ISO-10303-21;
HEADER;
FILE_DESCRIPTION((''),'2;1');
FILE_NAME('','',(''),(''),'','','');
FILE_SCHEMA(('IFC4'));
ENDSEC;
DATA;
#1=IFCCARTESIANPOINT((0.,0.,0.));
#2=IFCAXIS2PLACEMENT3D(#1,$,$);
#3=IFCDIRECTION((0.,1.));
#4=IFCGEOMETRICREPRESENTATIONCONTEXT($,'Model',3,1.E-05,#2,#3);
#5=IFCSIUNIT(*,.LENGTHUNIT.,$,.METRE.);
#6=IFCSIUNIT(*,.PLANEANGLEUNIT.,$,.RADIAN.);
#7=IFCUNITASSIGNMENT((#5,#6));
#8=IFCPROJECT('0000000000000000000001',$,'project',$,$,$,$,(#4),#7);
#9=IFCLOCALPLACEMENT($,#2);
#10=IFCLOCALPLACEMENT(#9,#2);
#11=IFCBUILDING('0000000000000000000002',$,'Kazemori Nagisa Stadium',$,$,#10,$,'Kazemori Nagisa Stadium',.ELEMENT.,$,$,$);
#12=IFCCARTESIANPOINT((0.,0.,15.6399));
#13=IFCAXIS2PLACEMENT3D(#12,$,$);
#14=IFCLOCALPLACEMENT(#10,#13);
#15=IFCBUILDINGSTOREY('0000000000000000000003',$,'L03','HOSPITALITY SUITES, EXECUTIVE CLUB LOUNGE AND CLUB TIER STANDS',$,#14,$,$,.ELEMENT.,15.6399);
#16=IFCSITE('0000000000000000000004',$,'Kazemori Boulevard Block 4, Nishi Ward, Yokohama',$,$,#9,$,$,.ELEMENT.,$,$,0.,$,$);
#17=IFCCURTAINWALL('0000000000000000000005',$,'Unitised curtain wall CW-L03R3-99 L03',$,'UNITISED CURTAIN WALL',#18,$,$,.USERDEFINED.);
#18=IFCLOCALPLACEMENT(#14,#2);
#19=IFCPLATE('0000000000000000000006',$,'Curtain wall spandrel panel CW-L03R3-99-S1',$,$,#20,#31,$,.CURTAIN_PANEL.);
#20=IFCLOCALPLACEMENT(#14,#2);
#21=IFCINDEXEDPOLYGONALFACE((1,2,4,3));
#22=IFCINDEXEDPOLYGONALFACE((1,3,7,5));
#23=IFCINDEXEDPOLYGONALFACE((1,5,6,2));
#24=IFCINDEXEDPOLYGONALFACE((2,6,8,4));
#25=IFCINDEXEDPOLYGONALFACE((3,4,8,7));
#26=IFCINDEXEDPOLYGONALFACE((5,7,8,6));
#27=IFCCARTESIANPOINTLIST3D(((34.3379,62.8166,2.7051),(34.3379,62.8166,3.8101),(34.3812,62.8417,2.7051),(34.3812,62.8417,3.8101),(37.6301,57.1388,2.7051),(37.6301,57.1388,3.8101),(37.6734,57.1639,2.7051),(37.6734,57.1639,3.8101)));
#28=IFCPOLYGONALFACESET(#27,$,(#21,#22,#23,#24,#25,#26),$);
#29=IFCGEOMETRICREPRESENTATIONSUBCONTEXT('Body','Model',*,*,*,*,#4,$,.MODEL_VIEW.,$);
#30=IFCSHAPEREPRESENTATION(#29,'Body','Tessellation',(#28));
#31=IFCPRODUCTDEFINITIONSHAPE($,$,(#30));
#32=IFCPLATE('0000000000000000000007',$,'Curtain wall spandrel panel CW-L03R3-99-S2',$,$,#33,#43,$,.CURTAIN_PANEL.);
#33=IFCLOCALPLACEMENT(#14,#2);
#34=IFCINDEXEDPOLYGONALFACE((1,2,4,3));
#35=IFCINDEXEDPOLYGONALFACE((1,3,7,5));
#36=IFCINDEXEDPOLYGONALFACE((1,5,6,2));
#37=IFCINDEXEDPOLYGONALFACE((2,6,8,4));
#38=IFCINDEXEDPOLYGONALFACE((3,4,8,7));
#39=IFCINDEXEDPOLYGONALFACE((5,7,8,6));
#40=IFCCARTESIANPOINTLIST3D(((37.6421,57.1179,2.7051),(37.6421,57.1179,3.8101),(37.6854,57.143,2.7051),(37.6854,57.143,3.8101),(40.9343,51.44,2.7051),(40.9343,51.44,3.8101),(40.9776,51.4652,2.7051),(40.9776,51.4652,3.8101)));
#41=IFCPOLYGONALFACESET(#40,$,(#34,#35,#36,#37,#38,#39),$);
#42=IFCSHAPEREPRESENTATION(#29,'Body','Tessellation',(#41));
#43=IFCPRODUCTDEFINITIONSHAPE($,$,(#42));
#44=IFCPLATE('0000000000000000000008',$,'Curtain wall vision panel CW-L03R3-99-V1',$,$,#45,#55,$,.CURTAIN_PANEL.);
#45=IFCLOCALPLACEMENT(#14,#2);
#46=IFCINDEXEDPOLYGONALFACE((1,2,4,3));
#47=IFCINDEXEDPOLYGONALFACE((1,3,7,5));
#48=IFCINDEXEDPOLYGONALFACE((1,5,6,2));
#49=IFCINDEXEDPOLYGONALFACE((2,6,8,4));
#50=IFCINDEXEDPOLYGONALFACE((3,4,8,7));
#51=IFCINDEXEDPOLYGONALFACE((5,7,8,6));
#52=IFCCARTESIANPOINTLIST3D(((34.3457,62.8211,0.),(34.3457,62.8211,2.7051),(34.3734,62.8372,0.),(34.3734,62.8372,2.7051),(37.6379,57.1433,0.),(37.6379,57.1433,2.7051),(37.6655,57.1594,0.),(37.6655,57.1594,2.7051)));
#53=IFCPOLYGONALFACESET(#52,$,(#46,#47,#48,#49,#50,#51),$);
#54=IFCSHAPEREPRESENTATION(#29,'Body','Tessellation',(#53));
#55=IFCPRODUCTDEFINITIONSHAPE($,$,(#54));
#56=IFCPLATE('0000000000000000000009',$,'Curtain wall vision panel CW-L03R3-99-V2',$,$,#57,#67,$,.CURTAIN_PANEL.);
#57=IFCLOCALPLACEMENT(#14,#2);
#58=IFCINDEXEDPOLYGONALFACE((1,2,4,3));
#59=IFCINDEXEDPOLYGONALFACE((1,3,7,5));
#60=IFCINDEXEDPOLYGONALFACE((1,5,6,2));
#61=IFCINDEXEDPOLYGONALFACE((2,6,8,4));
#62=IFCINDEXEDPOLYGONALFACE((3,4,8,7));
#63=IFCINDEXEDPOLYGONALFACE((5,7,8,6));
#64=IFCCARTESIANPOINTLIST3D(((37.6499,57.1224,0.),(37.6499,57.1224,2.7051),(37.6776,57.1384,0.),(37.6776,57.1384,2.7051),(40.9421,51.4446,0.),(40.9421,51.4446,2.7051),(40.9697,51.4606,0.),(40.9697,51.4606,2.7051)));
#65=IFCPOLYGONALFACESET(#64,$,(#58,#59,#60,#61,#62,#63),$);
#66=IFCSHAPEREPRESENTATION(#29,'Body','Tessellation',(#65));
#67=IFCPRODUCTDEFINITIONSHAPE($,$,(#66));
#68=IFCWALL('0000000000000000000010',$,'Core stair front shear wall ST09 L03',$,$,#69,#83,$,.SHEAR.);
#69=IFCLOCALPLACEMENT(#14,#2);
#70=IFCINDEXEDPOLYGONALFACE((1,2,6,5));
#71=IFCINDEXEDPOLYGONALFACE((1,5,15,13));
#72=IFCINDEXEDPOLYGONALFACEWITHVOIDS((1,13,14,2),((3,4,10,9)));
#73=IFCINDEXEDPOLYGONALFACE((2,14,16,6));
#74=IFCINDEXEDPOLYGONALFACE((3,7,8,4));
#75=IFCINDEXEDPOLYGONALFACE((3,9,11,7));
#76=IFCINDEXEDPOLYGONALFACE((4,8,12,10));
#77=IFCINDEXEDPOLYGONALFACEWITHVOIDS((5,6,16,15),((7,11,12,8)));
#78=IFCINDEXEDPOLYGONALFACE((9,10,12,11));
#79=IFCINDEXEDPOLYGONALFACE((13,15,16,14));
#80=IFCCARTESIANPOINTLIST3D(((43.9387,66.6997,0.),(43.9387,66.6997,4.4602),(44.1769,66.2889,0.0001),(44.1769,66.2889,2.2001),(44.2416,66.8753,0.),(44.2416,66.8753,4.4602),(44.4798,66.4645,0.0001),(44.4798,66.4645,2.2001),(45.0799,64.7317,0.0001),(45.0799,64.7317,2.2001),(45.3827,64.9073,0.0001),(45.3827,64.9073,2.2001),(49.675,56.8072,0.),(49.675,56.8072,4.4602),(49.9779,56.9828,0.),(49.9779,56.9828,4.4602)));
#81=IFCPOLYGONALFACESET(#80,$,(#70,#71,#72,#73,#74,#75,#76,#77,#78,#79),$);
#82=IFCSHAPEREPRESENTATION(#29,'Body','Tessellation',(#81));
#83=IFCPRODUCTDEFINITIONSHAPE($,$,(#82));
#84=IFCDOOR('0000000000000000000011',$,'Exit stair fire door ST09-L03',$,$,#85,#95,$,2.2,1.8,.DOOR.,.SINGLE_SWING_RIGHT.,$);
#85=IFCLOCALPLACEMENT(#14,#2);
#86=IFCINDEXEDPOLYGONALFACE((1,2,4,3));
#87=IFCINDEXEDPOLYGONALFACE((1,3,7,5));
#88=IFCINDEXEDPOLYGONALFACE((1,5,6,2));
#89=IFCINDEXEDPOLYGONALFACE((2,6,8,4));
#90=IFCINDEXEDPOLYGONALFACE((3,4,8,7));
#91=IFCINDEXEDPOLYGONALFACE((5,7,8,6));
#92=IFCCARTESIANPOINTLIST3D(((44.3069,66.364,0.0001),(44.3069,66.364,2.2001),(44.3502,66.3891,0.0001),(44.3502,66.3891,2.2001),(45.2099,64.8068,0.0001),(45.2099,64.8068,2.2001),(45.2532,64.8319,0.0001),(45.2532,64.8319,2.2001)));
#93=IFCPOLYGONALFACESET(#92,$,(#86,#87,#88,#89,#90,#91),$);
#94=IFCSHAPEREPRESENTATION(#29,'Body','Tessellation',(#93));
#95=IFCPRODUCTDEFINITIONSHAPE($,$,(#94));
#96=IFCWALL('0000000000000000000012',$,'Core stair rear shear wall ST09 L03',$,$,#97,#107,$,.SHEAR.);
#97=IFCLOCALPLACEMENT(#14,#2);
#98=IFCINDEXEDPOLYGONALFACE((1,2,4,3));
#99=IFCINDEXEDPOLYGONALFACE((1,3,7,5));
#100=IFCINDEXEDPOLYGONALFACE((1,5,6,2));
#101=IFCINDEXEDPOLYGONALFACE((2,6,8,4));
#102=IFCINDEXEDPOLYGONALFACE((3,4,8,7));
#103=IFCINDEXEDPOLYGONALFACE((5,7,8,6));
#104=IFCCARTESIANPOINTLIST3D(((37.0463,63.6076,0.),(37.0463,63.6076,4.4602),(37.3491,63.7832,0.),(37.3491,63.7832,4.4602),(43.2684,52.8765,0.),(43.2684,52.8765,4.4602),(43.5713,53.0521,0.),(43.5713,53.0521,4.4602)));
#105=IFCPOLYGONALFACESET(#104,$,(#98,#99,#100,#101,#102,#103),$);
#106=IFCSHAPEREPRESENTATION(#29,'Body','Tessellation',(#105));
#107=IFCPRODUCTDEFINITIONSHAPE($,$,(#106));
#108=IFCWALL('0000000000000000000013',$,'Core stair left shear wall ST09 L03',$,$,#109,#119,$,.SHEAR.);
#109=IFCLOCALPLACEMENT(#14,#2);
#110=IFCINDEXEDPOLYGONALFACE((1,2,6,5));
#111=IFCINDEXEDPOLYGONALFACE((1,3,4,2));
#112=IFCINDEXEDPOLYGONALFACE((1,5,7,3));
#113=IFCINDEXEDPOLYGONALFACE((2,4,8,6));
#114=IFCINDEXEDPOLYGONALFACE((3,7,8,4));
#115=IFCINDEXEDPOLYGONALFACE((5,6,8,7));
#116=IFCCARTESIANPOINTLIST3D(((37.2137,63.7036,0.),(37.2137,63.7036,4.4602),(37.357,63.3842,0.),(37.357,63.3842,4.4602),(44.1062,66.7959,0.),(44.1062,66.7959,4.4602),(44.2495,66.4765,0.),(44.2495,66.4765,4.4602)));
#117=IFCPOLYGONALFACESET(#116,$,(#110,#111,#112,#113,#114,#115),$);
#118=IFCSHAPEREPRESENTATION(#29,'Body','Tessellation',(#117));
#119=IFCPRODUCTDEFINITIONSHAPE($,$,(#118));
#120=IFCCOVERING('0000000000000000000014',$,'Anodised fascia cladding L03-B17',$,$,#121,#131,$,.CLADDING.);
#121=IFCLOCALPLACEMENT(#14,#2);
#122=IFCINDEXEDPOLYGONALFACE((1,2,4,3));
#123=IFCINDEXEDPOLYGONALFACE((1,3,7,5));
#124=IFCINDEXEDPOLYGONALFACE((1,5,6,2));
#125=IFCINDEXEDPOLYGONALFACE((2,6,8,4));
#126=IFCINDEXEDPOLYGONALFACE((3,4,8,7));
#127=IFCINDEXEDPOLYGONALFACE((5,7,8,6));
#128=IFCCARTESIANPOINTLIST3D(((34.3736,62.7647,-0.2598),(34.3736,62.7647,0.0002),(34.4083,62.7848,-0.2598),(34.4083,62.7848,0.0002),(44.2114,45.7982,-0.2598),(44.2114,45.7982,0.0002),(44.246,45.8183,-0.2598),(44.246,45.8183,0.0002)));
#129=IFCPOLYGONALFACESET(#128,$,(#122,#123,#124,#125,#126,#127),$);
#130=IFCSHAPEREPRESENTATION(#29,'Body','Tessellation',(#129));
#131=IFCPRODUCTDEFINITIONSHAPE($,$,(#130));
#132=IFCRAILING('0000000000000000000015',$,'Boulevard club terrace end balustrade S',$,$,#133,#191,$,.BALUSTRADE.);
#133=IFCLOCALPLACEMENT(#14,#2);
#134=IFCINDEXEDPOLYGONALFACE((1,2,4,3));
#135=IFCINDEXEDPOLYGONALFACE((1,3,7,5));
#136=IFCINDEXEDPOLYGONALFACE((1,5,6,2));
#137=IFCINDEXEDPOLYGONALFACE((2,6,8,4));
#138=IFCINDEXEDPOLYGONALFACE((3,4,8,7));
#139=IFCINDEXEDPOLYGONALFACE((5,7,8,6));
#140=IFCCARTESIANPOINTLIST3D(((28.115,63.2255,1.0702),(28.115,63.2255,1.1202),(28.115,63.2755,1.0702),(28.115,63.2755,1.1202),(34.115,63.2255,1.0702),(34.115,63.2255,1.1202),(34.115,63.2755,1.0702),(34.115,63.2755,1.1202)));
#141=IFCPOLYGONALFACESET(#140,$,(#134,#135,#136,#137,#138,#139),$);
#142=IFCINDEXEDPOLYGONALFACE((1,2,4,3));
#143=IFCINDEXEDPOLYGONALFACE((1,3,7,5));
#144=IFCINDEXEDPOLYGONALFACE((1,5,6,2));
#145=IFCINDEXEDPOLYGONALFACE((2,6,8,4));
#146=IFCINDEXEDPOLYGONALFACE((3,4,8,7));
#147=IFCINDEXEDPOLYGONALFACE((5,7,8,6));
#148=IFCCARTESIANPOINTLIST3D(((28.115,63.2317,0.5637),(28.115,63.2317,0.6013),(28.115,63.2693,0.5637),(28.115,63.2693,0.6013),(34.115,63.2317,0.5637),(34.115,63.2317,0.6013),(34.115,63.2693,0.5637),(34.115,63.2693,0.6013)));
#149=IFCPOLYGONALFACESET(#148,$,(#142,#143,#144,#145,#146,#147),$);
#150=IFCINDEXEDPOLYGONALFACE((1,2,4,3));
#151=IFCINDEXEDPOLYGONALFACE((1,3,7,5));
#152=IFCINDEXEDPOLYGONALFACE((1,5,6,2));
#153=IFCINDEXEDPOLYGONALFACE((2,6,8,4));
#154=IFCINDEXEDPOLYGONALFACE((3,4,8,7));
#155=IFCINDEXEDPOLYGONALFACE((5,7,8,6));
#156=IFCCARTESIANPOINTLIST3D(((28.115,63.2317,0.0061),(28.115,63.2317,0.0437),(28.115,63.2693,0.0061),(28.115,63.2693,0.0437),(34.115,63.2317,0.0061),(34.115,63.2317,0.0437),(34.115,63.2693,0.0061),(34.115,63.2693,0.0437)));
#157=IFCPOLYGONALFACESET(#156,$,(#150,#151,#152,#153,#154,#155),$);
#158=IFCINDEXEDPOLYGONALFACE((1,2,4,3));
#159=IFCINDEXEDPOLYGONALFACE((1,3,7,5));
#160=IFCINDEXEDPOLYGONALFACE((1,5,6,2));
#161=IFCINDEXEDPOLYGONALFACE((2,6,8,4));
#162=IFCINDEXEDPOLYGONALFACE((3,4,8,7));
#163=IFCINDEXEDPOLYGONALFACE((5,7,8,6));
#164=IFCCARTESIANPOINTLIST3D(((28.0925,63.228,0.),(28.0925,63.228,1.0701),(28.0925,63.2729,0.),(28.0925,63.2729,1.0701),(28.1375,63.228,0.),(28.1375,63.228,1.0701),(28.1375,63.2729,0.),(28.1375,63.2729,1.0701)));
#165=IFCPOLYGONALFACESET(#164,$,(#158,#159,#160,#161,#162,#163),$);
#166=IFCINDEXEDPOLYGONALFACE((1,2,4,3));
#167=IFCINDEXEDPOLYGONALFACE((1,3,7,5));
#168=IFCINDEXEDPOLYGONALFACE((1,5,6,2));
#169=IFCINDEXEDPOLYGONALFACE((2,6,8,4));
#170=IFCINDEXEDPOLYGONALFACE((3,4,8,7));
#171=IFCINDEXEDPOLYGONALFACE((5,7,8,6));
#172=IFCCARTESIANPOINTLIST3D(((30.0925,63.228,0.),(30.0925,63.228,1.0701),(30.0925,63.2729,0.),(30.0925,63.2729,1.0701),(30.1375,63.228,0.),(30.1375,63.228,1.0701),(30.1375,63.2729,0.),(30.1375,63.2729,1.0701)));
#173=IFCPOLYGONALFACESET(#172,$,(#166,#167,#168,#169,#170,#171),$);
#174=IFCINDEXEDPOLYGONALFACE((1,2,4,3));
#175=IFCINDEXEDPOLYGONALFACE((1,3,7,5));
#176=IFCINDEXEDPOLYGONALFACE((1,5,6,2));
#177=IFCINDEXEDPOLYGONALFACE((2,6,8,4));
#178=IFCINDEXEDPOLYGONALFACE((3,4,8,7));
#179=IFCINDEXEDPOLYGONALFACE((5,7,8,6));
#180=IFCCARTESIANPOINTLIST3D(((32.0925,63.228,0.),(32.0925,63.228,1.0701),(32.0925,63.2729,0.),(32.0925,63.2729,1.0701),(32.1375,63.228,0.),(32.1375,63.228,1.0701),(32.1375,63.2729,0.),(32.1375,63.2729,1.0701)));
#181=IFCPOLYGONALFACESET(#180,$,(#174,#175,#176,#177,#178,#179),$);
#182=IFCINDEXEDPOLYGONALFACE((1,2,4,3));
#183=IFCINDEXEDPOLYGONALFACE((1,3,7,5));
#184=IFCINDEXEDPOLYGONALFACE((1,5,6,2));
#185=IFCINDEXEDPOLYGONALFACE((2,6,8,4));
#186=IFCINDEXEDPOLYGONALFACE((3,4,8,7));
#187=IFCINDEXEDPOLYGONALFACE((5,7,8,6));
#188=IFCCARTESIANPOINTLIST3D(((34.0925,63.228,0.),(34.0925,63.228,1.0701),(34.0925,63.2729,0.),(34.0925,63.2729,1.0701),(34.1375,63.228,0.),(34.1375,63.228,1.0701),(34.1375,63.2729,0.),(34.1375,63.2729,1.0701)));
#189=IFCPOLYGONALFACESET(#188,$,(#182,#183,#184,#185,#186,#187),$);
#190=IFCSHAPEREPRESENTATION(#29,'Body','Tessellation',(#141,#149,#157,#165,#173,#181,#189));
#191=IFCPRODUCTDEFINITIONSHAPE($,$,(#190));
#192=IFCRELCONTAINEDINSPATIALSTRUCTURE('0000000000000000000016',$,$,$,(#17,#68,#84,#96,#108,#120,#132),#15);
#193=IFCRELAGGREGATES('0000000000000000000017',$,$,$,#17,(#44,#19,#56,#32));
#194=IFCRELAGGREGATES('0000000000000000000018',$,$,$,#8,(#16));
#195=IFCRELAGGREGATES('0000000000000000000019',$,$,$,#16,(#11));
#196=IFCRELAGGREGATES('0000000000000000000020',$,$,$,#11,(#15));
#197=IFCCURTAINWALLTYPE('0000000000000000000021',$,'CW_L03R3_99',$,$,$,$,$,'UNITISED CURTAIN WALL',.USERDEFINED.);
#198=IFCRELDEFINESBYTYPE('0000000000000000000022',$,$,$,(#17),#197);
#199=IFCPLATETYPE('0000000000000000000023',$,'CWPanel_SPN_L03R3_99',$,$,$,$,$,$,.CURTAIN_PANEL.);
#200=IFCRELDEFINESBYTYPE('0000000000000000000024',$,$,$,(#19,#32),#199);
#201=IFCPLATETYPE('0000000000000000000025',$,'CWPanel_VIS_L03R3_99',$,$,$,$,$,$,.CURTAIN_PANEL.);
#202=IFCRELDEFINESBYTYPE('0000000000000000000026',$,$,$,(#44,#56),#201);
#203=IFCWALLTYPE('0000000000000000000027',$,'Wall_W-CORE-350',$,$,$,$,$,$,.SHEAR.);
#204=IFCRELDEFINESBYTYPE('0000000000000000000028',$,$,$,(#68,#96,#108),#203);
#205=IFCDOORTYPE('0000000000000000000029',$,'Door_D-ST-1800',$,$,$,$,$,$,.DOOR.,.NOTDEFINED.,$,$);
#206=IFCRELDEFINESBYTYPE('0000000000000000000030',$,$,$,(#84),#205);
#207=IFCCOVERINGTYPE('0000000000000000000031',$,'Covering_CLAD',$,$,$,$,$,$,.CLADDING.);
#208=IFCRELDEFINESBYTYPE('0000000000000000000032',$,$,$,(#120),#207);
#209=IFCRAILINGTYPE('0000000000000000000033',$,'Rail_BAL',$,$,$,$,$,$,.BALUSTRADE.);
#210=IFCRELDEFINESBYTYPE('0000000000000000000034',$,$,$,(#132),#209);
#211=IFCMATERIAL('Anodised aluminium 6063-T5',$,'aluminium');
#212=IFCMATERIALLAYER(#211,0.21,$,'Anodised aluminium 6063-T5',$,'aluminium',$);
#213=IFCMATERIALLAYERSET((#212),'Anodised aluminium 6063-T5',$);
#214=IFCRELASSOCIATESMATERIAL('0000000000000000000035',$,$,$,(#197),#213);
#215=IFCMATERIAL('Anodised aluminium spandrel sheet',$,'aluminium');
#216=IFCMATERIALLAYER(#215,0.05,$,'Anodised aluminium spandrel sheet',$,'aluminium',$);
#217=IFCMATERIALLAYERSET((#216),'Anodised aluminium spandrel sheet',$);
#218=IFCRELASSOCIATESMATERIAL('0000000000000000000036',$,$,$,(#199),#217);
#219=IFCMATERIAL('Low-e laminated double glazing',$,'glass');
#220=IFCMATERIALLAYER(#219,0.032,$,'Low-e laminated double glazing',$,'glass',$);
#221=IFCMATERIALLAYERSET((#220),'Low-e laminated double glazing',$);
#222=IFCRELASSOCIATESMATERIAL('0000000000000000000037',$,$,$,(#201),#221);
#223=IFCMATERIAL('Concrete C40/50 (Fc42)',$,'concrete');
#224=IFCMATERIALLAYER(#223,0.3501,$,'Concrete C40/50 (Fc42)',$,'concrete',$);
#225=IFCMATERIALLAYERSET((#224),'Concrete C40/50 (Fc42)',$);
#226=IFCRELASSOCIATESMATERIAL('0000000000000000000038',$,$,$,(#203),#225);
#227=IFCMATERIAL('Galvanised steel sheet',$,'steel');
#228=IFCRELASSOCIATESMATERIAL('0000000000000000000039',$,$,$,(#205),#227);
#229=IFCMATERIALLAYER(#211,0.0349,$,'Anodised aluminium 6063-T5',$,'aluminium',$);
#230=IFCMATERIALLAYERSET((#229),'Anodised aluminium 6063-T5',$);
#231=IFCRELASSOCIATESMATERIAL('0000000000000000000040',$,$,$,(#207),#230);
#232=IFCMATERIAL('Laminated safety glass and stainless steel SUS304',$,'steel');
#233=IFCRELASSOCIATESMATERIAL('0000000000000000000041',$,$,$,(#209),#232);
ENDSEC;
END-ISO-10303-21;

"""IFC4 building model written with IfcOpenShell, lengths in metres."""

from ifc_helpers import new_model, si_unit, direction, frame, frame_2d, origin, origin_2d, place, context, subcontext, project, spatial, rectangle, extrude, material, layer, layer_set, type_object, element, fill, aggregate, save


model = new_model("IFC4")

# Units and contexts
model_context = context("Model", 3, precision=1e-05, world=origin(), true_north=direction((0.0, 1.0)))
body_context = subcontext(model_context, "Body", "Model", "MODEL_VIEW")
ifc_project = project(units=[si_unit("LENGTHUNIT", "METRE"), si_unit("PLANEANGLEUNIT", "RADIAN")], contexts=[model_context])

# Site, building, storey
site_placement = place(None, origin())
site = spatial("IfcSite", under=ifc_project, at=site_placement, Name="Kazemori Boulevard Block 4, Nishi Ward, Yokohama", CompositionType="ELEMENT", RefElevation=0.0)
building_placement = place(site_placement, origin())
building = spatial("IfcBuilding", under=site, at=building_placement, Name="Kazemori Nagisa Stadium", LongName="Kazemori Nagisa Stadium", CompositionType="ELEMENT")
storey_placement = place(building_placement, frame((0.0, 0.0, 15.6399)))
storey = spatial("IfcBuildingStorey", under=building, at=storey_placement, Name="L03", Description="HOSPITALITY SUITES, EXECUTIVE CLUB LOUNGE AND CLUB TIER STANDS", CompositionType="ELEMENT", Elevation=15.6399)

# Shared definitions
ifc_material_1 = material(Name="Concrete C40/50 (Fc42)", Category="concrete")

# Curtain wall, plates
ifc_material_2 = material(Name="Anodised aluminium 6063-T5", Category="aluminium")
ifc_layer_1 = layer(ifc_material_2, 0.21, Name="Anodised aluminium 6063-T5", Category="aluminium")
ifc_layer_set_1 = layer_set([ifc_layer_1], Name="Anodised aluminium 6063-T5")
curtain_wall_type = type_object("IfcCurtainWallType", Name="CW_L03R3_99", ElementType="UNITISED CURTAIN WALL", PredefinedType="USERDEFINED", material=ifc_layer_set_1)
curtain_wall_placement = place(storey_placement, origin())
curtain_wall = element("IfcCurtainWall", 1, at=curtain_wall_placement, inside=storey, type_object=curtain_wall_type, Name="Unitised curtain wall CW-L03R3-99 L03", ObjectType="UNITISED CURTAIN WALL", PredefinedType="USERDEFINED")
ifc_material_3 = material(Name="Anodised aluminium spandrel sheet", Category="aluminium")
ifc_layer_2 = layer(ifc_material_3, 0.05, Name="Anodised aluminium spandrel sheet", Category="aluminium")
ifc_layer_set_2 = layer_set([ifc_layer_2], Name="Anodised aluminium spandrel sheet")
plate_type_1 = type_object("IfcPlateType", Name="CWPanel_SPN_L03R3_99", PredefinedType="CURTAIN_PANEL", material=ifc_layer_set_2)
plate_1_placement = place(storey_placement, frame((36.0056, 59.9902, 2.7051), z_axis=(0.0, 0.0, 1.0), x_axis=(0.501612, -0.865093, 0.0)))
plate_1 = element("IfcPlate", 2, at=plate_1_placement, type_object=plate_type_1, Name="Curtain wall spandrel panel CW-L03R3-99-S1", PredefinedType="CURTAIN_PANEL", context=body_context, shape_type="SweptSolid", body=[
    extrude(rectangle(XDim=6.5632, YDim=0.05, at=origin_2d()), origin(), (0.0, 0.0, 1.0), 1.105),
])
plate_2_placement = place(storey_placement, frame((39.3098, 54.2915, 2.7051), z_axis=(0.0, 0.0, 1.0), x_axis=(0.501612, -0.865093, 0.0)))
plate_2 = element("IfcPlate", 3, at=plate_2_placement, type_object=plate_type_1, Name="Curtain wall spandrel panel CW-L03R3-99-S2", PredefinedType="CURTAIN_PANEL", context=body_context, shape_type="SweptSolid", body=[
    extrude(rectangle(XDim=6.5632, YDim=0.05, at=origin_2d()), origin(), (0.0, 0.0, 1.0), 1.105),
])
ifc_material_4 = material(Name="Low-e laminated double glazing", Category="glass")
ifc_layer_3 = layer(ifc_material_4, 0.032, Name="Low-e laminated double glazing", Category="glass")
ifc_layer_set_3 = layer_set([ifc_layer_3], Name="Low-e laminated double glazing")
plate_type_2 = type_object("IfcPlateType", Name="CWPanel_VIS_L03R3_99", PredefinedType="CURTAIN_PANEL", material=ifc_layer_set_3)
plate_3_placement = place(storey_placement, frame((36.0056, 59.9902, 0.0), z_axis=(0.0, 0.0, 1.0), x_axis=(0.501612, -0.865093, 0.0)))
plate_3 = element("IfcPlate", 4, at=plate_3_placement, type_object=plate_type_2, Name="Curtain wall vision panel CW-L03R3-99-V1", PredefinedType="CURTAIN_PANEL", context=body_context, shape_type="SweptSolid", body=[
    extrude(rectangle(XDim=6.5632, YDim=0.032, at=origin_2d()), origin(), (0.0, 0.0, 1.0), 2.7051),
])
plate_4_placement = place(storey_placement, frame((39.3098, 54.2915, 0.0), z_axis=(0.0, 0.0, 1.0), x_axis=(0.501612, -0.865093, 0.0)))
plate_4 = element("IfcPlate", 5, at=plate_4_placement, type_object=plate_type_2, Name="Curtain wall vision panel CW-L03R3-99-V2", PredefinedType="CURTAIN_PANEL", context=body_context, shape_type="SweptSolid", body=[
    extrude(rectangle(XDim=6.5632, YDim=0.032, at=origin_2d()), origin(), (0.0, 0.0, 1.0), 2.7051),
])
aggregate(curtain_wall, [plate_3, plate_1, plate_4, plate_2])

# Wall, opening, door
ifc_layer_4 = layer(ifc_material_1, 0.3501, Name="Concrete C40/50 (Fc42)", Category="concrete")
ifc_layer_set_4 = layer_set([ifc_layer_4], Name="Concrete C40/50 (Fc42)")
wall_type = type_object("IfcWallType", Name="Wall_W-CORE-350", PredefinedType="SHEAR", material=ifc_layer_set_4)
wall_1_placement = place(storey_placement, frame((44.0901, 66.7876, 0.0), z_axis=(0.0, 0.0, 1.0), x_axis=(0.501629, -0.865083, 0.0)))
wall_1 = element("IfcWall", 6, at=wall_1_placement, inside=storey, type_object=wall_type, Name="Core stair front shear wall ST09 L03", PredefinedType="SHEAR", context=body_context, shape_type="SweptSolid", body=[
    extrude(rectangle(XDim=11.4353, YDim=0.3501, at=frame_2d((5.7178, 0.0))), origin(), (0.0, 0.0, 1.0), 4.4602),
])
opening_placement = place(wall_1_placement, frame((0.4751, 0.0, 0.0)))
opening = element("IfcOpeningElement", 7, at=opening_placement, cuts=wall_1, PredefinedType="OPENING", context=body_context, shape_type="SweptSolid", body=[
    extrude(rectangle(XDim=1.8, YDim=2.2, at=frame_2d((0.8999, 1.1001))), frame((0.0, 0.1851, 0.0), z_axis=(0.0, -1.0, 0.0), x_axis=(1.0, 0.0, 0.0)), (0.0, 0.0, 1.0), 0.3701),
])
ifc_material_5 = material(Name="Galvanised steel sheet", Category="steel")
door_type = type_object("IfcDoorType", Name="Door_D-ST-1800", OperationType="NOTDEFINED", PredefinedType="DOOR", material=ifc_material_5)
door_placement = place(opening_placement, frame((1.8, 0.0, 0.0), z_axis=(0.0, 0.0, 1.0), x_axis=(-1.0, 0.0, 0.0)))
door = element("IfcDoor", 8, at=door_placement, inside=storey, type_object=door_type, Name="Exit stair fire door ST09-L03", OperationType="SINGLE_SWING_RIGHT", OverallHeight=2.2, OverallWidth=1.8, PredefinedType="DOOR", context=body_context, shape_type="SweptSolid", body=[
    extrude(rectangle(XDim=1.8, YDim=2.2, at=frame_2d((0.8999, 1.1001))), frame((0.0, 0.0249, 0.0), z_axis=(0.0, -1.0, 0.0), x_axis=(1.0, 0.0, 0.0)), (0.0, 0.0, 1.0), 0.05),
])
fill(opening, door)

# Walls
wall_2_placement = place(storey_placement, frame((37.1978, 63.6953, 0.0), z_axis=(0.0, 0.0, 1.0), x_axis=(0.501602, -0.865099, 0.0)))
element("IfcWall", 9, at=wall_2_placement, inside=storey, type_object=wall_type, Name="Core stair rear shear wall ST09 L03", PredefinedType="SHEAR", context=body_context, shape_type="SweptSolid", body=[
    extrude(rectangle(XDim=12.4045, YDim=0.3501, at=frame_2d((6.2021, 0.0))), origin(), (0.0, 0.0, 1.0), 4.4602),
])
wall_3_placement = place(storey_placement, frame((44.178, 66.6362, 0.0), z_axis=(0.0, 0.0, 1.0), x_axis=(-0.912385, -0.409332, 0.0)))
element("IfcWall", 10, at=wall_3_placement, inside=storey, type_object=wall_type, Name="Core stair left shear wall ST09 L03", PredefinedType="SHEAR", context=body_context, shape_type="SweptSolid", body=[
    extrude(rectangle(XDim=7.5544, YDim=0.3501, at=frame_2d((3.7773, 0.0))), origin(), (0.0, 0.0, 1.0), 4.4602),
])

# Covering
ifc_layer_5 = layer(ifc_material_2, 0.0349, Name="Anodised aluminium 6063-T5", Category="aluminium")
ifc_layer_set_5 = layer_set([ifc_layer_5], Name="Anodised aluminium 6063-T5")
covering_type = type_object("IfcCoveringType", Name="Covering_CLAD", PredefinedType="CLADDING", material=ifc_layer_set_5)
covering_placement = place(storey_placement, frame((39.3098, 54.2915, -0.2598), z_axis=(0.0, 0.0, 1.0), x_axis=(0.501612, -0.865093, 0.0)))
element("IfcCovering", 11, at=covering_placement, inside=storey, type_object=covering_type, Name="Anodised fascia cladding L03-B17", PredefinedType="CLADDING", context=body_context, shape_type="SweptSolid", body=[
    extrude(rectangle(XDim=19.6123, YDim=0.04, at=origin_2d()), origin(), (0.0, 0.0, 1.0), 0.26),
])

# Railing
ifc_material_6 = material(Name="Laminated safety glass and stainless steel SUS304", Category="steel")
railing_type_1 = type_object("IfcRailingType", Name="Rail_BAL", PredefinedType="BALUSTRADE", material=ifc_material_6)
railing_1_placement = place(storey_placement, frame((28.115, 63.2505, 0.0)))
element("IfcRailing", 12, at=railing_1_placement, inside=storey, type_object=railing_type_1, Name="Boulevard club terrace end balustrade S", PredefinedType="BALUSTRADE", context=body_context, shape_type="SweptSolid", body=[
    extrude(rectangle(XDim=0.05, YDim=0.05, at=origin_2d()), frame((0.0, 0.0, 1.0952), z_axis=(1.0, 0.0, 0.0), x_axis=(0.0, 1.0, 0.0)), (0.0, 0.0, 1.0), 6.0),
    extrude(rectangle(XDim=0.0376, YDim=0.0376, at=origin_2d()), frame((0.0, 0.0, 0.5825), z_axis=(1.0, 0.0, 0.0), x_axis=(0.0, 1.0, 0.0)), (0.0, 0.0, 1.0), 6.0),
    extrude(rectangle(XDim=0.0376, YDim=0.0376, at=origin_2d()), frame((0.0, 0.0, 0.0249), z_axis=(1.0, 0.0, 0.0), x_axis=(0.0, 1.0, 0.0)), (0.0, 0.0, 1.0), 6.0),
    extrude(rectangle(XDim=0.0449, YDim=0.0449, at=origin_2d()), origin(), (0.0, 0.0, 1.0), 1.0701),
    extrude(rectangle(XDim=0.0449, YDim=0.0449, at=origin_2d()), frame((2.0, 0.0, 0.0)), (0.0, 0.0, 1.0), 1.0701),
    extrude(rectangle(XDim=0.0449, YDim=0.0449, at=origin_2d()), frame((4.0, 0.0, 0.0)), (0.0, 0.0, 1.0), 1.0701),
    extrude(rectangle(XDim=0.0449, YDim=0.0449, at=origin_2d()), frame((6.0, 0.0, 0.0)), (0.0, 0.0, 1.0), 1.0701),
])

save(model, "model.ifc")
